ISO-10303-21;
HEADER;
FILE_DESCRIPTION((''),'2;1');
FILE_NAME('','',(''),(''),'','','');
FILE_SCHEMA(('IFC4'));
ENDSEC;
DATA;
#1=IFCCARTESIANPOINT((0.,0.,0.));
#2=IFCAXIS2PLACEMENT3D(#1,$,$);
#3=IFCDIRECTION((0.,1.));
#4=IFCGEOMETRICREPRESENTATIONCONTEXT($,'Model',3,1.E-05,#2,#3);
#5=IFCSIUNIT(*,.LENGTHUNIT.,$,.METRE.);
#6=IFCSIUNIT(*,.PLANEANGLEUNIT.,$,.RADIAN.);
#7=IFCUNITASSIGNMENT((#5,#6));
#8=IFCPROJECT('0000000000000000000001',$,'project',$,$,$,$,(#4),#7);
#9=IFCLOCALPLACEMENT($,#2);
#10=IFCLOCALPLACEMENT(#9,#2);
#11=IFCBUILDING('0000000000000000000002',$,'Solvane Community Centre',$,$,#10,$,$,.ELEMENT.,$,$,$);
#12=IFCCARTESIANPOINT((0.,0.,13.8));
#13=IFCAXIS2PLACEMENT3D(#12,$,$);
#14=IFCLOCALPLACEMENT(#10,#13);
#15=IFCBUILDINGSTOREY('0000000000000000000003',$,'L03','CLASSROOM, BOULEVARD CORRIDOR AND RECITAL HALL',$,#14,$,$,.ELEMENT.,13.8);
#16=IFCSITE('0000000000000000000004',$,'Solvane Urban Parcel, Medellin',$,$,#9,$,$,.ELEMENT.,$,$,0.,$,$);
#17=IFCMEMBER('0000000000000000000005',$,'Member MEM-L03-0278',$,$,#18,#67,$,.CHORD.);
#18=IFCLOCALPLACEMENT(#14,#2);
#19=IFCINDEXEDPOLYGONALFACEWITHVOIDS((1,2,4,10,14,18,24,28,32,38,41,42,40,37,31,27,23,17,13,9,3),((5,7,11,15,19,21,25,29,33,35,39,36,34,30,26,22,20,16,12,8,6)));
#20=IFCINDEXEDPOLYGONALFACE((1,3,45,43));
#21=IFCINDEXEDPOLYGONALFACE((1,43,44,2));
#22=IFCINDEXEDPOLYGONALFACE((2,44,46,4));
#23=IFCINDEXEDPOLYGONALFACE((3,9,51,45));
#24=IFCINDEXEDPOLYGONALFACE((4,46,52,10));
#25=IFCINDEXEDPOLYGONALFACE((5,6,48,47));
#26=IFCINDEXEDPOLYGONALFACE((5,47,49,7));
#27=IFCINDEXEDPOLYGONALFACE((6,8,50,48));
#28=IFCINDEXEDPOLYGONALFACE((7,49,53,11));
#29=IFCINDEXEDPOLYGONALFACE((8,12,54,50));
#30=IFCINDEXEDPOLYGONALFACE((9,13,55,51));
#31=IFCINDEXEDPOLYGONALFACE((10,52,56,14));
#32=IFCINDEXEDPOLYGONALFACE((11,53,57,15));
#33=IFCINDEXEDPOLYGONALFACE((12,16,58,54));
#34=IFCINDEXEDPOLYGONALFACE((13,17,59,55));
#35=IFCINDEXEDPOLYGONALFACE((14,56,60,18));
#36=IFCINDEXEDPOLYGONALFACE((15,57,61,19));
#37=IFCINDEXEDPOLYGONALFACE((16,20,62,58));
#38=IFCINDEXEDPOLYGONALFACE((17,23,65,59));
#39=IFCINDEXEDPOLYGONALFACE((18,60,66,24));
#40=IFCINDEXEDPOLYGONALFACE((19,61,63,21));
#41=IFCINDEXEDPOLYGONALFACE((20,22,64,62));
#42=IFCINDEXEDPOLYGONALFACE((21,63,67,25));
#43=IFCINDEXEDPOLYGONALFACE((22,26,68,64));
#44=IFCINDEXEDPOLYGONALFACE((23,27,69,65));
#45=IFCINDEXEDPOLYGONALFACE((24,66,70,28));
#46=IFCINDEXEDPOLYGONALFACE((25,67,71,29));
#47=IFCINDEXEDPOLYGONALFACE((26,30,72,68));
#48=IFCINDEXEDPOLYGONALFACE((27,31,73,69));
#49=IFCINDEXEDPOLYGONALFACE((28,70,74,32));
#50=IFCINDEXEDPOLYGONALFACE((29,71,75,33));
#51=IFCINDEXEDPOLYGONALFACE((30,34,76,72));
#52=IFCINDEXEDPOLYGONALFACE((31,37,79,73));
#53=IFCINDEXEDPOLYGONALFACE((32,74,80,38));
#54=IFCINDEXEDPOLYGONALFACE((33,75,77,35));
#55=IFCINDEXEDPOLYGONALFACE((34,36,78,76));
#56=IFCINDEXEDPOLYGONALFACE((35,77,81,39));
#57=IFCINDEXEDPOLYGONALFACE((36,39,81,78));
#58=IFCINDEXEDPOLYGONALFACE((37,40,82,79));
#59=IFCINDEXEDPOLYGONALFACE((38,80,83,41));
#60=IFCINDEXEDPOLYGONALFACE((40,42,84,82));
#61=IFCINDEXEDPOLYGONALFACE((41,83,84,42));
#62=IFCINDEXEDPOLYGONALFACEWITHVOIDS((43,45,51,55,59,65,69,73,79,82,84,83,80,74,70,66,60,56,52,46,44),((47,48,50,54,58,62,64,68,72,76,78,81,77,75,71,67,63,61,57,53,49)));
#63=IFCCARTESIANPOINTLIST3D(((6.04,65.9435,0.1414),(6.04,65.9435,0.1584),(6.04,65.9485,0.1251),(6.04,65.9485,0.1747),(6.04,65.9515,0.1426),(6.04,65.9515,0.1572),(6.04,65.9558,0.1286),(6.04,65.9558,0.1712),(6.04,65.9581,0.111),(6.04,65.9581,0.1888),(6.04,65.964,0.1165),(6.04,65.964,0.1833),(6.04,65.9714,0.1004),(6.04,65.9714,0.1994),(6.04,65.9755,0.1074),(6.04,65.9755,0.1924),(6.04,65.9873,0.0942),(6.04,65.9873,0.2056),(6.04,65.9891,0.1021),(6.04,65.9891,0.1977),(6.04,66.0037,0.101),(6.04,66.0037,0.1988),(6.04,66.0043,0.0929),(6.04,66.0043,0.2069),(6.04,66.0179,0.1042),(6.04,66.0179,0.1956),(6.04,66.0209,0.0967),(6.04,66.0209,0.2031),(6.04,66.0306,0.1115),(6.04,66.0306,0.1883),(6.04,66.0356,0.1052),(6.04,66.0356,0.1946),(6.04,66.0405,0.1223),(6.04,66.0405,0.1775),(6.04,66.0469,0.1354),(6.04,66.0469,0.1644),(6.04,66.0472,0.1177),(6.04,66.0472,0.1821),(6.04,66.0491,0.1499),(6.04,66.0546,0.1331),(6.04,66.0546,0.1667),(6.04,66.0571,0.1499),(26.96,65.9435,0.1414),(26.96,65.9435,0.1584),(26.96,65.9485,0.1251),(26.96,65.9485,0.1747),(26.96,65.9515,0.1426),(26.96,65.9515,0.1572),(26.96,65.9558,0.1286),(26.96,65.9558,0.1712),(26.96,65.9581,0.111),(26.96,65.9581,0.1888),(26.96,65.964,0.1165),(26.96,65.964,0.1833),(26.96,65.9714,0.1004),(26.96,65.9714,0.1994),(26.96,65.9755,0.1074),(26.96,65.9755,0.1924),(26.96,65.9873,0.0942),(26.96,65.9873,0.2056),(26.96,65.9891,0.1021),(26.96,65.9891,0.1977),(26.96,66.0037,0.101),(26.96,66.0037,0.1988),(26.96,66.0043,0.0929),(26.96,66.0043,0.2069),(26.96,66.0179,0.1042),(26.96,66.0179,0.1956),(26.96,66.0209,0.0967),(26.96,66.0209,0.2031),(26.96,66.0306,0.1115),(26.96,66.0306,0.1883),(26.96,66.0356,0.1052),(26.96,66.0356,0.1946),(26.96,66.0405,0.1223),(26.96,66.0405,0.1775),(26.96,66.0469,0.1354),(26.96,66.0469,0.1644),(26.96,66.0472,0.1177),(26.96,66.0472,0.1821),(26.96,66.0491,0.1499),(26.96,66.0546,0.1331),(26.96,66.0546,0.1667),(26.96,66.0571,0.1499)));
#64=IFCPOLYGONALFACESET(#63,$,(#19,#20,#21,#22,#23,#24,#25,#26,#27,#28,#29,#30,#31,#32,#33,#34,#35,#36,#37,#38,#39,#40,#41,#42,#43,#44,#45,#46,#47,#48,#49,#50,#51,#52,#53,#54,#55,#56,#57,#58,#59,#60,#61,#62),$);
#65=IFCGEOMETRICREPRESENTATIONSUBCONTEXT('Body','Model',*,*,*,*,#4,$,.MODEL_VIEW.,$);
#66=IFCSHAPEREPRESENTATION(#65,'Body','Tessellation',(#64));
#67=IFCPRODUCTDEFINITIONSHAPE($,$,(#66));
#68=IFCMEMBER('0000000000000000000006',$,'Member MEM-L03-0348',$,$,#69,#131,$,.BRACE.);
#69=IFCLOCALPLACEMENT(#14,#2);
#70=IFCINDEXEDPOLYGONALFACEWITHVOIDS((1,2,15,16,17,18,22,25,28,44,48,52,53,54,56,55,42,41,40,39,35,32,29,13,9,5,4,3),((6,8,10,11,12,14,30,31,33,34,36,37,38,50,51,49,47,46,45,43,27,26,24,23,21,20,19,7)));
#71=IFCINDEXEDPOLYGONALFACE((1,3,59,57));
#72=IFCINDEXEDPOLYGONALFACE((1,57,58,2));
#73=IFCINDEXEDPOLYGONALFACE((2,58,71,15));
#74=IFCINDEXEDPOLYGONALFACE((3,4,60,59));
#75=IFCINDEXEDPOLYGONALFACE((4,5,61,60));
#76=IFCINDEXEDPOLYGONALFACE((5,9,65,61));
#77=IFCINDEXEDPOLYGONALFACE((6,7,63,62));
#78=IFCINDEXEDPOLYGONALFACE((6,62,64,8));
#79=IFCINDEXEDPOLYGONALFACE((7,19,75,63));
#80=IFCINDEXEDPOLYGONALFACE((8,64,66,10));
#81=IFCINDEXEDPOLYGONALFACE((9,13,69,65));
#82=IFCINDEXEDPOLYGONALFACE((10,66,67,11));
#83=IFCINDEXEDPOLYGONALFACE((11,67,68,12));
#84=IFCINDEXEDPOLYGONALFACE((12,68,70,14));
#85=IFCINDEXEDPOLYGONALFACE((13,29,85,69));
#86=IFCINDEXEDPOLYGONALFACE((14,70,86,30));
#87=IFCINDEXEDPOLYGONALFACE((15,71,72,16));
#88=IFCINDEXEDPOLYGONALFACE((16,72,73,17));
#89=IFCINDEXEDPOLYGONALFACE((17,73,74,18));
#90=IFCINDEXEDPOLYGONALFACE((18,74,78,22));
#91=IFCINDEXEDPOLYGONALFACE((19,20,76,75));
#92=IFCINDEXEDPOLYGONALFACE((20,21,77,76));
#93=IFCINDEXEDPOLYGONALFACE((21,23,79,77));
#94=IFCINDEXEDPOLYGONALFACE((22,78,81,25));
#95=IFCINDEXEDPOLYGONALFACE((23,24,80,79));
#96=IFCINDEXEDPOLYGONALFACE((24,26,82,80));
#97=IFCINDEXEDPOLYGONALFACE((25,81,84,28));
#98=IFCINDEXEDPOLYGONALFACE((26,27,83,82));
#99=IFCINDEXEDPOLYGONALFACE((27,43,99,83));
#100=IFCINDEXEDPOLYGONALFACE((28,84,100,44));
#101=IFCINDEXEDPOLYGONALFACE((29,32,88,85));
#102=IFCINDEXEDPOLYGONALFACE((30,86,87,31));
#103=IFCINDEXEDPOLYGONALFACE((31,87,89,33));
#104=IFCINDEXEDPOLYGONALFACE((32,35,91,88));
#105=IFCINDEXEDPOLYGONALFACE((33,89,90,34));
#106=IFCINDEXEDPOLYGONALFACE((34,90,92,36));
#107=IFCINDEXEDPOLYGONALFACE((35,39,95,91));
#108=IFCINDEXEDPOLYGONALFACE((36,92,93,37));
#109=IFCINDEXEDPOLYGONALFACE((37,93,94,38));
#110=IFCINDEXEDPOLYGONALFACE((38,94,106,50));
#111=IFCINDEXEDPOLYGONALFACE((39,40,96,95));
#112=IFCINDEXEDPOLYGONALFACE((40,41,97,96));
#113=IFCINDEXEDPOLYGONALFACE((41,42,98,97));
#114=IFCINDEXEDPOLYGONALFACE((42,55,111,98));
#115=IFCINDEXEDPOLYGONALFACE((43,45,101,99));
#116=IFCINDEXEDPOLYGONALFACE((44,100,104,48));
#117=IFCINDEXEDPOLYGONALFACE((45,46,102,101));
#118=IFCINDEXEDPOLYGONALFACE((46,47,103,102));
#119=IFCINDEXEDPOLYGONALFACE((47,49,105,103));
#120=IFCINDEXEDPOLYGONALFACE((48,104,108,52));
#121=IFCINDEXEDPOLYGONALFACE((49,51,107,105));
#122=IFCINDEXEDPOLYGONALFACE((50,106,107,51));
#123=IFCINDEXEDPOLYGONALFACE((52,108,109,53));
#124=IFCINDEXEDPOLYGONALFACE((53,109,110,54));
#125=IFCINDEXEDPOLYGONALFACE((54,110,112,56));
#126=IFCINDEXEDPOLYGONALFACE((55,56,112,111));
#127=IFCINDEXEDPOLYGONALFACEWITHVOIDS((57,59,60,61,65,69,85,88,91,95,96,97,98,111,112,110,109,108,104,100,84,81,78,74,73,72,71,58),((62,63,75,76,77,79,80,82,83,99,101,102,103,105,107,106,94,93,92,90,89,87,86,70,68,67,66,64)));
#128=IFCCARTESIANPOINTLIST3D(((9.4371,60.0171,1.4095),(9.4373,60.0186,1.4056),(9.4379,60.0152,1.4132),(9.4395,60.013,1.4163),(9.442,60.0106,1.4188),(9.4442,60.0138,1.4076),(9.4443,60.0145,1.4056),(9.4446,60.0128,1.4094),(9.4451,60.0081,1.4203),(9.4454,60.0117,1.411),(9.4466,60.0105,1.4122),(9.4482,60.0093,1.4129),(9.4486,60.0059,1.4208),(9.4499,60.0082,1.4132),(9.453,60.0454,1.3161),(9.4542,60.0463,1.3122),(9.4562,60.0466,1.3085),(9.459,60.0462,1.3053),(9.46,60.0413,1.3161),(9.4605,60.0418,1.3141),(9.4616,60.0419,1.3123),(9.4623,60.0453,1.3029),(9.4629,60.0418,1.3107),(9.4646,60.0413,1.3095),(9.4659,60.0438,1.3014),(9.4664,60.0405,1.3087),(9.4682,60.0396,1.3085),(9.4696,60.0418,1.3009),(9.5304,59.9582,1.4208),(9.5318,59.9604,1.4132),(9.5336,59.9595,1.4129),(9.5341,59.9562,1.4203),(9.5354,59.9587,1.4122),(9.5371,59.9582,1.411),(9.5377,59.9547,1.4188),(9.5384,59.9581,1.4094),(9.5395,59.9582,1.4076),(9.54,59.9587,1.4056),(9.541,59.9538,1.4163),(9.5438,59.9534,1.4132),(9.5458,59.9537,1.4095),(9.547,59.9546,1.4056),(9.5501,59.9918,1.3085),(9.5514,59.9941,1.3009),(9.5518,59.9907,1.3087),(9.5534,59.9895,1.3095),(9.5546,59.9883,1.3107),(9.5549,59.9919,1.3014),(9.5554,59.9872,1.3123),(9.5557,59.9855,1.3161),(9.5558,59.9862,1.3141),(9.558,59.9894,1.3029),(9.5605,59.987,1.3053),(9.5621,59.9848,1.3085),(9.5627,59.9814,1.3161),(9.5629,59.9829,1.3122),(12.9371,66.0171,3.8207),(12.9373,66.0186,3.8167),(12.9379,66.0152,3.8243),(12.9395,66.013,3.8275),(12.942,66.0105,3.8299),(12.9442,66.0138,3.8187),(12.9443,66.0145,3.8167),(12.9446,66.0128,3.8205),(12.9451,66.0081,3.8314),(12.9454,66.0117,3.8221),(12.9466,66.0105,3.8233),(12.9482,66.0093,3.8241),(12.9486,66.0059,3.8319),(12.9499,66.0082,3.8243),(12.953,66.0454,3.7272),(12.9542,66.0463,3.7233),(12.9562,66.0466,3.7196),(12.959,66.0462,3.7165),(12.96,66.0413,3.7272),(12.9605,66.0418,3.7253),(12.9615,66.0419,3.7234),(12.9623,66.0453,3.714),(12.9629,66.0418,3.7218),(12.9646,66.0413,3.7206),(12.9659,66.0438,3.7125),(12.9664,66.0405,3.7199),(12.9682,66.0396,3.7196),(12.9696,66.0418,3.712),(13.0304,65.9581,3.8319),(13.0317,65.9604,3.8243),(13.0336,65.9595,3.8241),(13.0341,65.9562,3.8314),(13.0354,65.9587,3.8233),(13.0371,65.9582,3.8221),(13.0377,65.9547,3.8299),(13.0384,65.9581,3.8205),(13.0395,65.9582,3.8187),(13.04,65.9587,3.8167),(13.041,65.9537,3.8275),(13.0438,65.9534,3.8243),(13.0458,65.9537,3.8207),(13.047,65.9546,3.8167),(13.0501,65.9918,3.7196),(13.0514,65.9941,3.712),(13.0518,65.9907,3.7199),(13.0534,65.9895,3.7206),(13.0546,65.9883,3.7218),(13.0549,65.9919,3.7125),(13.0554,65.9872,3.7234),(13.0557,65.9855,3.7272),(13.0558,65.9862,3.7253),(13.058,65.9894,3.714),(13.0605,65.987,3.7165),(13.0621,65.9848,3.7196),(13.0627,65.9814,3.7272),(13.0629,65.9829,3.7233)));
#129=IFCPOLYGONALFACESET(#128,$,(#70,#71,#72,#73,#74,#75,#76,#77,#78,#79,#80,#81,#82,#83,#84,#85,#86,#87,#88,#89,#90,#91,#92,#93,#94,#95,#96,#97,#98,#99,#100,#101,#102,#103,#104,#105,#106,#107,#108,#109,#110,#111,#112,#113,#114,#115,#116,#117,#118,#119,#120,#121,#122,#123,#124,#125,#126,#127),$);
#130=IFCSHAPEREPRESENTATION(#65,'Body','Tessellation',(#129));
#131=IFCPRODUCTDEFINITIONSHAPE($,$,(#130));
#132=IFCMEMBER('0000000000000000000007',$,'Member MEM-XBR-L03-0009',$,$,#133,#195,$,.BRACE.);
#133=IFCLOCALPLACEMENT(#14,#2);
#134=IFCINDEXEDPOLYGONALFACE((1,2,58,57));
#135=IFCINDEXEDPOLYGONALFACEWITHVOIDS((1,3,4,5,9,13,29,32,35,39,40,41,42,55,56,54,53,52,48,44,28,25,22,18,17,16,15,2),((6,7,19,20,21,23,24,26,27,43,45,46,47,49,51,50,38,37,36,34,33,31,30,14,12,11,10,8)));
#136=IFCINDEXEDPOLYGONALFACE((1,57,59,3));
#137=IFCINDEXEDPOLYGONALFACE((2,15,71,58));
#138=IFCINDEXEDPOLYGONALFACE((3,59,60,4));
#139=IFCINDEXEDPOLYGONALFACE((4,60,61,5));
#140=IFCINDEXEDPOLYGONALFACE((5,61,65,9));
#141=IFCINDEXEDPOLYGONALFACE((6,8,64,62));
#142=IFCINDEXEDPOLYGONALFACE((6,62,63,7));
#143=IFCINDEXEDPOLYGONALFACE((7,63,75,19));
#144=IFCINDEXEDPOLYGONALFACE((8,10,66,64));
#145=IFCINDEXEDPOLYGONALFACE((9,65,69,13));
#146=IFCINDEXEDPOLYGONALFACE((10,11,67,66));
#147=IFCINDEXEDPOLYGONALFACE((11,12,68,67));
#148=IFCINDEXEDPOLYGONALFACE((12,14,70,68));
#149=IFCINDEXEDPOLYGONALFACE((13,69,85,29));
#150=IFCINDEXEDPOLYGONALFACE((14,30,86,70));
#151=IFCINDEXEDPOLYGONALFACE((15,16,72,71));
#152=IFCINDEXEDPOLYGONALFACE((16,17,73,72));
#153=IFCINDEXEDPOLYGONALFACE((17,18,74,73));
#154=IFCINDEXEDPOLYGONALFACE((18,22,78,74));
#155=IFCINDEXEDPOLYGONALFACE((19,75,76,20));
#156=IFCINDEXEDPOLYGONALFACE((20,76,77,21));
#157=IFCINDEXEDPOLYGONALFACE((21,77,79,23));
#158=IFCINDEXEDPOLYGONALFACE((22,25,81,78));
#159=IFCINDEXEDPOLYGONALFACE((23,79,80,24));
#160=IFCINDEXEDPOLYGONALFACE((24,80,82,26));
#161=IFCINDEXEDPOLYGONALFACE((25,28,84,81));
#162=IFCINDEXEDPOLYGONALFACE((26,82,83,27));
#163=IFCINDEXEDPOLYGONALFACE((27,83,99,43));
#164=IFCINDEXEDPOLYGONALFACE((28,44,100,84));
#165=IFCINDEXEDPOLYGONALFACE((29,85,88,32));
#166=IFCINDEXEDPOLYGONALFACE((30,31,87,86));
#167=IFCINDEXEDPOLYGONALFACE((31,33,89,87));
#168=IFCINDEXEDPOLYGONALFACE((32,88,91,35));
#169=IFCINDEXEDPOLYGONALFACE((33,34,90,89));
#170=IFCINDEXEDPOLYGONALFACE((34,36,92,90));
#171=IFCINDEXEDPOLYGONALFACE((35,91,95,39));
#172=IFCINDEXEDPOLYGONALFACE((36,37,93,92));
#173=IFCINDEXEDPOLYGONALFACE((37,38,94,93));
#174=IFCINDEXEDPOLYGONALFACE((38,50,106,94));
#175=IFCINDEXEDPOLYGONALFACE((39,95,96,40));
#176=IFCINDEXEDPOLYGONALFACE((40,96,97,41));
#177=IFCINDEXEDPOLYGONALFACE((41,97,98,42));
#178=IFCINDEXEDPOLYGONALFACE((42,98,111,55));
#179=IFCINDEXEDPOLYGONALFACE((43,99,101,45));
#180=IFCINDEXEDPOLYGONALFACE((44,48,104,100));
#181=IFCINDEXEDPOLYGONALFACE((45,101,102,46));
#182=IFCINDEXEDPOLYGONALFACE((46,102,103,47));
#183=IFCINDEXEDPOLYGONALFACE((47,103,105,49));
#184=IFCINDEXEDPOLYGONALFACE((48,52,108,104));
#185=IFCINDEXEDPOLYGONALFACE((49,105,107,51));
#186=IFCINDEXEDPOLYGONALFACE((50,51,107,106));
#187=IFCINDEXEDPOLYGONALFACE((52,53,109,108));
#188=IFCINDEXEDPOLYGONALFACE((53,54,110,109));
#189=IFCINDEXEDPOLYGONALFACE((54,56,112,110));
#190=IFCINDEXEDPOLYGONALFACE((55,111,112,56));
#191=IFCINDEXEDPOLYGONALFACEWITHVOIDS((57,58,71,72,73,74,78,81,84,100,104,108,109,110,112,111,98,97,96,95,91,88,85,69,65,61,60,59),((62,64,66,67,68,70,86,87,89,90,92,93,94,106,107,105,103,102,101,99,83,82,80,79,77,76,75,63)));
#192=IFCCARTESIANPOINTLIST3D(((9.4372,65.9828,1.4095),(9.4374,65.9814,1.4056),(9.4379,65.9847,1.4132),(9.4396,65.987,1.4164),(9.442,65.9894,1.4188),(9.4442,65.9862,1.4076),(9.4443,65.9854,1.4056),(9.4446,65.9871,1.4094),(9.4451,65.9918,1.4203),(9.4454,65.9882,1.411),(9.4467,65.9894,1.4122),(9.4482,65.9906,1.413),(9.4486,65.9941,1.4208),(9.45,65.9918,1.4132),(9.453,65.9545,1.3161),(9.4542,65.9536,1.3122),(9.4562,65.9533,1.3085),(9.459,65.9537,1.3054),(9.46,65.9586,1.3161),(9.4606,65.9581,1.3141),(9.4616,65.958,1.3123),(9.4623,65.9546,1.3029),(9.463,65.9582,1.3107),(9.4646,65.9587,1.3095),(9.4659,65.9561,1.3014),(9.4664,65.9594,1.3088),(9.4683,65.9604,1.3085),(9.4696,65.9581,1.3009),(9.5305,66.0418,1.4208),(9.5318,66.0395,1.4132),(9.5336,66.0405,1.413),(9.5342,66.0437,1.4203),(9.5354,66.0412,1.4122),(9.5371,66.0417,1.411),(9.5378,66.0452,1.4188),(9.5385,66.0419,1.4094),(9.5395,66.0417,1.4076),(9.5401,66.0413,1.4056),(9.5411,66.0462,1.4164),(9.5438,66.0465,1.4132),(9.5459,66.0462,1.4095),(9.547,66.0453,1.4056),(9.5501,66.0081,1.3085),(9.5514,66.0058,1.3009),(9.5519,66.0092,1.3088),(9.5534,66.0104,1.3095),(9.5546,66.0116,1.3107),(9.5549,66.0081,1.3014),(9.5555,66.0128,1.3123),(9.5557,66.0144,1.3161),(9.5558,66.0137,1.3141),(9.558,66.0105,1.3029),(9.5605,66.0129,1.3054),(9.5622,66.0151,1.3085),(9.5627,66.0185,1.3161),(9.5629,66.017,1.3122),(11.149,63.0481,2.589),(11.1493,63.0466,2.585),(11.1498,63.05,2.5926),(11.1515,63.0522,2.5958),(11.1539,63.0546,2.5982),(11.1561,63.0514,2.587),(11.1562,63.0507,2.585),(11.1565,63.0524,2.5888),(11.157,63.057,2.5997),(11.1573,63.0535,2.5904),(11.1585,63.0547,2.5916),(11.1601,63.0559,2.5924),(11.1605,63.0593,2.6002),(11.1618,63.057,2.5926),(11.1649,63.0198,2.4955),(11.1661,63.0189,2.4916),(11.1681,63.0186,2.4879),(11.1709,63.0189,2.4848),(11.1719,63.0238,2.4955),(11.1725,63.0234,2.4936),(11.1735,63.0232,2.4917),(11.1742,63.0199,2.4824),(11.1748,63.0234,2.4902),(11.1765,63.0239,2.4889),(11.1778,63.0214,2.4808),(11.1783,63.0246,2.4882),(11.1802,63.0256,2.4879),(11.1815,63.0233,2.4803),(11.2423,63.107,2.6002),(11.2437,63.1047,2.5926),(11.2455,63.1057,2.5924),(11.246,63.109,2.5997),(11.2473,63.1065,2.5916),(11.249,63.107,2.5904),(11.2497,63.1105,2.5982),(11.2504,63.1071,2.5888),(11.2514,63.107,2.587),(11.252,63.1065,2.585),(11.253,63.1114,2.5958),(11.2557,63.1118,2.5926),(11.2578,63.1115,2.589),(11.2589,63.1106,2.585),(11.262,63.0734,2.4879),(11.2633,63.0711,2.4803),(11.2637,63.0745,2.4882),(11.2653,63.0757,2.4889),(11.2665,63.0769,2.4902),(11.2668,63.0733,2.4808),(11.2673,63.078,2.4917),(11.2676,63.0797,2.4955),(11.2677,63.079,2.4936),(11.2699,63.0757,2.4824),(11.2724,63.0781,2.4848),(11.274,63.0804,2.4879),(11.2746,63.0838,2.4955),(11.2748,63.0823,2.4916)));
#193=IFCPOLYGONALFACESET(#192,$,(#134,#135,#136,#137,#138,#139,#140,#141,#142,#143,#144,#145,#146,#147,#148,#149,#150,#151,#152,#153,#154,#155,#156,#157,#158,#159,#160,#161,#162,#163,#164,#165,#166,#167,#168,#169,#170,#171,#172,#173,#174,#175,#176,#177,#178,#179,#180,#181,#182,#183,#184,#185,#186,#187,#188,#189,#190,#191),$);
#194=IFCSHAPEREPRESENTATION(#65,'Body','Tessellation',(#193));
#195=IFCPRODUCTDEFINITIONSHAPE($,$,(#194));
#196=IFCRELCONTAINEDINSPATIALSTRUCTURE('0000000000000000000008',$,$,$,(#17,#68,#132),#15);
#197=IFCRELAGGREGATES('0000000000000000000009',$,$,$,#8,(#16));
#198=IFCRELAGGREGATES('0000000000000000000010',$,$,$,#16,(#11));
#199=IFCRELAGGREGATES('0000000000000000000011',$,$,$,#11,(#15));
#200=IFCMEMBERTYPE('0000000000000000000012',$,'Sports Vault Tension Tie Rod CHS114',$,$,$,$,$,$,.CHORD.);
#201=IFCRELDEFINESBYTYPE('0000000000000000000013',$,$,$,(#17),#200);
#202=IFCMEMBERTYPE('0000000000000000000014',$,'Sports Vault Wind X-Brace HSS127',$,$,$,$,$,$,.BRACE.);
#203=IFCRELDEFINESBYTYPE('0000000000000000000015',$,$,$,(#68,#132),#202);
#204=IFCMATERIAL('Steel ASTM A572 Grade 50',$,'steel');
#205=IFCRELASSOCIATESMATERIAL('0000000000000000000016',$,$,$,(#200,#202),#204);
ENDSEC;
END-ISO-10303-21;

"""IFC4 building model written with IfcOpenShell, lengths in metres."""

from ifc_helpers import new_model, si_unit, direction, frame, origin, origin_2d, place, context, subcontext, project, spatial, hollow_rectangle, hollow_circle, extrude, material, material_profile, profile_set, type_object, element, save


model = new_model("IFC4")

# Units and contexts
model_context = context("Model", 3, precision=1e-05, world=origin(), true_north=direction((0.0, 1.0)))
body_context = subcontext(model_context, "Body", "Model", "MODEL_VIEW")
ifc_project = project(units=[si_unit("LENGTHUNIT", "METRE"), si_unit("PLANEANGLEUNIT", "RADIAN")], contexts=[model_context])

# Site, building, storey
site_placement = place(None, origin())
site = spatial("IfcSite", under=ifc_project, at=site_placement, Name="Solvane Urban Parcel, Medellin", CompositionType="ELEMENT", RefElevation=0.0)
building_placement = place(site_placement, origin())
building = spatial("IfcBuilding", under=site, at=building_placement, Name="Solvane Community Centre", CompositionType="ELEMENT")
storey_placement = place(building_placement, frame((0.0, 0.0, 13.8)))
storey = spatial("IfcBuildingStorey", under=building, at=storey_placement, Name="L03", Description="CLASSROOM, BOULEVARD CORRIDOR AND RECITAL HALL", CompositionType="ELEMENT", Elevation=13.8)

# Members
ifc_material_1 = material(Name="Steel ASTM A572 Grade 50", Category="steel")
ifc_material_profile_1 = material_profile(ifc_material_1, hollow_circle(Radius=0.0571, WallThickness=0.0081, at=origin_2d()), Name="CHS 114.3x8.0")
ifc_profile_set_1 = profile_set([ifc_material_profile_1], Name="Steel ASTM A572 Grade 50")
member_type_1 = type_object("IfcMemberType", Name="Sports Vault Tension Tie Rod CHS114", PredefinedType="CHORD", material=ifc_profile_set_1)
for number, where, z_axis, x_axis, name in (
    (1, (6.04, 66.0, 0.1499), (1.0, 0.0, 0.0), (0.0, 1.0, 0.0), "Member MEM-L03-0278"),
):
    element("IfcMember", number, at=place(storey_placement, frame(where, z_axis=z_axis, x_axis=x_axis)), inside=storey, type_object=member_type_1, Name=name, PredefinedType="CHORD", context=body_context, shape_type="SweptSolid", body=[
        extrude(hollow_circle(Radius=0.0571, WallThickness=0.0081, at=origin_2d()), origin(), (0.0, 0.0, 1.0), 20.9199),
    ])
ifc_material_profile_2 = material_profile(ifc_material_1, hollow_rectangle(XDim=0.127, YDim=0.127, WallThickness=0.0081, InnerFilletRadius=0.0081, OuterFilletRadius=0.0161, at=origin_2d()), Name="HSS 127x127x8.0")
ifc_profile_set_2 = profile_set([ifc_material_profile_2], Name="Steel ASTM A572 Grade 50")
member_type_2 = type_object("IfcMemberType", Name="Sports Vault Wind X-Brace HSS127", PredefinedType="BRACE", material=ifc_profile_set_2)
member_1_placement = place(storey_placement, frame((9.5, 60.0, 1.3608), z_axis=(0.47601, 0.816016, 0.327921), x_axis=(-0.863779, 0.503871, 0.0)))
element("IfcMember", 2, at=member_1_placement, inside=storey, type_object=member_type_2, Name="Member MEM-L03-0348", PredefinedType="BRACE", context=body_context, shape_type="SweptSolid", body=[
    extrude(hollow_rectangle(XDim=0.127, YDim=0.127, WallThickness=0.0081, InnerFilletRadius=0.0081, OuterFilletRadius=0.0161, at=origin_2d()), origin(), (0.0, 0.0, 1.0), 7.3528),
])
member_2_placement = place(storey_placement, frame((11.2119, 63.0652, 2.5403), z_axis=(-0.475993, 0.816018, -0.327941), x_axis=(-0.863787, -0.503858, 0.0)))
element("IfcMember", 3, at=member_2_placement, inside=storey, type_object=member_type_2, Name="Member MEM-XBR-L03-0009", PredefinedType="BRACE", context=body_context, shape_type="SweptSolid", body=[
    extrude(hollow_rectangle(XDim=0.127, YDim=0.127, WallThickness=0.0081, InnerFilletRadius=0.0081, OuterFilletRadius=0.0161, at=origin_2d()), origin(), (0.0, 0.0, 1.0), 3.5964),
])

save(model, "model.ifc")
